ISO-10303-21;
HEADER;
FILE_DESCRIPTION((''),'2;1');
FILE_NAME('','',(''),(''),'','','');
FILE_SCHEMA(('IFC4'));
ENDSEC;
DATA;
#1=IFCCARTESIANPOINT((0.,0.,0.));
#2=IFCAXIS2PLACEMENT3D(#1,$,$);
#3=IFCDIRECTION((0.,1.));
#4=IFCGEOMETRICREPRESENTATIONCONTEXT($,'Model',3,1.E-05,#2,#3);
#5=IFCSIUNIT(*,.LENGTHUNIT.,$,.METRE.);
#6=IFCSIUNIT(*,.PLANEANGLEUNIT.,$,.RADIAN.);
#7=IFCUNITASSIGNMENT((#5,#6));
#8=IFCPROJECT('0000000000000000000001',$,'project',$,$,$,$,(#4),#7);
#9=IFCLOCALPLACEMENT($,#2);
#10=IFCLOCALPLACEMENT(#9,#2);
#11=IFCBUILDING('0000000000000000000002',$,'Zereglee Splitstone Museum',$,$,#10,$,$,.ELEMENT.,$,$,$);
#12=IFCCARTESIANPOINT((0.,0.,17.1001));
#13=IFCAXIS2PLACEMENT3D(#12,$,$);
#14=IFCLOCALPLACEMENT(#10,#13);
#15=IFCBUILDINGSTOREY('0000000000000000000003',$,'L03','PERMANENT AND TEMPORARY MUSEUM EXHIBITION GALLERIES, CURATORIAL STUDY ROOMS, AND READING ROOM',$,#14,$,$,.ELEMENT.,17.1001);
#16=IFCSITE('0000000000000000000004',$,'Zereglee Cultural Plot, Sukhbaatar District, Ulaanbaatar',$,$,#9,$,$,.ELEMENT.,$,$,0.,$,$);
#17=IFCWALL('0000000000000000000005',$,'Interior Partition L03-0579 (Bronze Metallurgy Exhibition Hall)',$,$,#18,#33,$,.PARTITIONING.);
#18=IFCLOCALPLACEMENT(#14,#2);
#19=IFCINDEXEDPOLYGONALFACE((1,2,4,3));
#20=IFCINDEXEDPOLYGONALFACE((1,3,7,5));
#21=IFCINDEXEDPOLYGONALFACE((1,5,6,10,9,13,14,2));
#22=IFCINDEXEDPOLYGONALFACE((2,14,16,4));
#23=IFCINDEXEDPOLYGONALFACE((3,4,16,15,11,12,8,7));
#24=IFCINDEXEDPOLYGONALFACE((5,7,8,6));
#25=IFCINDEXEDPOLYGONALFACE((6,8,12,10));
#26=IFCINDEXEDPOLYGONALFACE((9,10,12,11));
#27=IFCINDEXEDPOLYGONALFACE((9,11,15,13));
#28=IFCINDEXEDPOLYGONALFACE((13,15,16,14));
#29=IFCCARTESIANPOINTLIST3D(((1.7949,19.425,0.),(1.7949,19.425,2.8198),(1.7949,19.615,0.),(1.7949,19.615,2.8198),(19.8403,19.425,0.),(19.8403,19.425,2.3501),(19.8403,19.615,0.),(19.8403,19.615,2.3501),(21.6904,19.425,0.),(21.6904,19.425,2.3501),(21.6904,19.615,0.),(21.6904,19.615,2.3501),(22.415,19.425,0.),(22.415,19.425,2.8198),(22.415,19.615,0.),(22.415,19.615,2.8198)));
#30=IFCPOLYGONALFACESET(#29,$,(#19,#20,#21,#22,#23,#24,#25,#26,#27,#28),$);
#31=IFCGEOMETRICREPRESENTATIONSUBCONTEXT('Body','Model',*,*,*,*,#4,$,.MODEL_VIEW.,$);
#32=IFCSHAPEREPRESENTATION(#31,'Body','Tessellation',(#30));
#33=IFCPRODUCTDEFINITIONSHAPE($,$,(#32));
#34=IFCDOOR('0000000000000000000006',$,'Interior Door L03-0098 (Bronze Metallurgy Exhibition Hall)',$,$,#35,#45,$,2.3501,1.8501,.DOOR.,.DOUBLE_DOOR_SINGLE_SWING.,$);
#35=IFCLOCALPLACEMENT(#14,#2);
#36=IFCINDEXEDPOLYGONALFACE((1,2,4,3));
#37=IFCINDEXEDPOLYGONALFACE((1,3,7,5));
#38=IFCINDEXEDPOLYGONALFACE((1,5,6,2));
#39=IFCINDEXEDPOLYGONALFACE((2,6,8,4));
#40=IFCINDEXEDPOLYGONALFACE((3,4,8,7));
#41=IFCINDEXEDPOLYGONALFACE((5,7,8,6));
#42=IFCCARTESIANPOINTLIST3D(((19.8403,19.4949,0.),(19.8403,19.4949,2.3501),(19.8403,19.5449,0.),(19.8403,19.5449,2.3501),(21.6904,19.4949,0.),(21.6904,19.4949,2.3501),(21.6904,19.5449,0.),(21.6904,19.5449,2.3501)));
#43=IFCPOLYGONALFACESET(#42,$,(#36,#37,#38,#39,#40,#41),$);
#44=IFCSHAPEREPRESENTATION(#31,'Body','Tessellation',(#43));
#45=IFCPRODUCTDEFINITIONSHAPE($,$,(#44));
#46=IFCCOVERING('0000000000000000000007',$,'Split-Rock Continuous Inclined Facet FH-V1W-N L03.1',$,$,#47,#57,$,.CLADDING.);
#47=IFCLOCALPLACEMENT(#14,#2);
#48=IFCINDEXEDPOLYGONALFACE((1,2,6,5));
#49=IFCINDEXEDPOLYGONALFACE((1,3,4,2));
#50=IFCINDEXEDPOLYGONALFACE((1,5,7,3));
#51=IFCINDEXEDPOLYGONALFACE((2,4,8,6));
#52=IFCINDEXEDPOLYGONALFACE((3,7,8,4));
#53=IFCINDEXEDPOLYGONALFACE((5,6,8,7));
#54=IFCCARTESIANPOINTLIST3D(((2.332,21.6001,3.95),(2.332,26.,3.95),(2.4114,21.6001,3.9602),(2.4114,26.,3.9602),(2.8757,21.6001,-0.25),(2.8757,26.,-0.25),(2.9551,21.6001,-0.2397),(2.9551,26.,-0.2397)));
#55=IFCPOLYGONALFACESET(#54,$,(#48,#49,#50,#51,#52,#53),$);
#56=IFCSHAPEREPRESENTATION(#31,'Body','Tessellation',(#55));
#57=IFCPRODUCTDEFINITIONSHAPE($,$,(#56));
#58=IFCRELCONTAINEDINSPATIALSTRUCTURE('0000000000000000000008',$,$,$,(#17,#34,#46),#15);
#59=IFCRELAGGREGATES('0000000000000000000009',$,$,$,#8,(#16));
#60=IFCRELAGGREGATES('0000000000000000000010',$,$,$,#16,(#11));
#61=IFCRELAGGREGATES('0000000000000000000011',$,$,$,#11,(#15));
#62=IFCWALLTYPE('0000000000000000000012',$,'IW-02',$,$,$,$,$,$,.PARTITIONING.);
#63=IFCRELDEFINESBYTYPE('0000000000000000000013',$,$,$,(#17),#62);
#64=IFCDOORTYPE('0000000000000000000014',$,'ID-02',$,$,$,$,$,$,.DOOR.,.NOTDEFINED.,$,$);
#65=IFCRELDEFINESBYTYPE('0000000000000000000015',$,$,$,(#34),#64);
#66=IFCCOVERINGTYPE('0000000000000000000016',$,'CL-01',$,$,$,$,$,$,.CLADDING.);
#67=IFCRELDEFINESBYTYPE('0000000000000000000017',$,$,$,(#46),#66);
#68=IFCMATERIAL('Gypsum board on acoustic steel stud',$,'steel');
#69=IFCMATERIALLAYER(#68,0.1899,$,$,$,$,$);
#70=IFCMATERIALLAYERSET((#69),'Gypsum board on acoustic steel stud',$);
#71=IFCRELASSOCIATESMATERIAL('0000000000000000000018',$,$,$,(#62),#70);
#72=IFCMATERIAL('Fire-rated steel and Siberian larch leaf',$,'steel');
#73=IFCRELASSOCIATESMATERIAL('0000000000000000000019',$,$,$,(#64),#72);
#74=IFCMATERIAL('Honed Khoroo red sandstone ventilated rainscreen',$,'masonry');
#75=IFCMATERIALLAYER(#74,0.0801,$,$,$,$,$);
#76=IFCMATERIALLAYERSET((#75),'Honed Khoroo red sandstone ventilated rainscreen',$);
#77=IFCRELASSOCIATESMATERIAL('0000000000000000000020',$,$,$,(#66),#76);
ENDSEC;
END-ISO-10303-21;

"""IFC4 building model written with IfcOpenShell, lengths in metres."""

from ifc_helpers import new_model, si_unit, direction, frame, frame_2d, origin, place, context, subcontext, project, spatial, polyline, rectangle, outline, extrude, material, layer, layer_set, type_object, element, fill, save


model = new_model("IFC4")

# Units and contexts
model_context = context("Model", 3, precision=1e-05, world=origin(), true_north=direction((0.0, 1.0)))
body_context = subcontext(model_context, "Body", "Model", "MODEL_VIEW")
ifc_project = project(units=[si_unit("LENGTHUNIT", "METRE"), si_unit("PLANEANGLEUNIT", "RADIAN")], contexts=[model_context])

# Site, building, storey
site_placement = place(None, origin())
site = spatial("IfcSite", under=ifc_project, at=site_placement, Name="Zereglee Cultural Plot, Sukhbaatar District, Ulaanbaatar", CompositionType="ELEMENT", RefElevation=0.0)
building_placement = place(site_placement, origin())
building = spatial("IfcBuilding", under=site, at=building_placement, Name="Zereglee Splitstone Museum", CompositionType="ELEMENT")
storey_placement = place(building_placement, frame((0.0, 0.0, 17.1001)))
storey = spatial("IfcBuildingStorey", under=building, at=storey_placement, Name="L03", Description="PERMANENT AND TEMPORARY MUSEUM EXHIBITION GALLERIES, CURATORIAL STUDY ROOMS, AND READING ROOM", CompositionType="ELEMENT", Elevation=17.1001)

# Shared definitions
ifc_material_1 = material(Name="Gypsum board on acoustic steel stud", Category="steel")
ifc_layer_1 = layer(ifc_material_1, 0.1899)
ifc_layer_set_1 = layer_set([ifc_layer_1], Name="Gypsum board on acoustic steel stud")
wall_type = type_object("IfcWallType", Name="IW-02", PredefinedType="PARTITIONING", material=ifc_layer_set_1)
ifc_material_2 = material(Name="Fire-rated steel and Siberian larch leaf", Category="steel")
door_type_1 = type_object("IfcDoorType", Name="ID-02", OperationType="NOTDEFINED", PredefinedType="DOOR", material=ifc_material_2)

# Wall, opening, door
wall_1_placement = place(storey_placement, frame((1.7949, 19.52, 0.0), z_axis=(0.0, 0.0, 1.0), x_axis=(1.0, 0.0, 0.0)))
wall_1 = element("IfcWall", 1, at=wall_1_placement, inside=storey, type_object=wall_type, Name="Interior Partition L03-0579 (Bronze Metallurgy Exhibition Hall)", PredefinedType="PARTITIONING", context=body_context, shape_type="SweptSolid", body=[
    extrude(rectangle(XDim=20.6201, YDim=0.1899, at=frame_2d((10.3101, 0.0))), origin(), (0.0, 0.0, 1.0), 2.8198),
])
opening_1_placement = place(wall_1_placement, frame((18.0454, 0.0, 0.0)))
opening_1 = element("IfcOpeningElement", 2, at=opening_1_placement, cuts=wall_1, PredefinedType="OPENING", context=body_context, shape_type="SweptSolid", body=[
    extrude(rectangle(XDim=1.8501, YDim=2.3501, at=frame_2d((0.925, 1.175))), frame((0.0, 0.1099, 0.0), z_axis=(0.0, -1.0, 0.0), x_axis=(1.0, 0.0, 0.0)), (0.0, 0.0, 1.0), 0.2197),
])
door_1_placement = place(opening_1_placement, origin())
door_1 = element("IfcDoor", 3, at=door_1_placement, inside=storey, type_object=door_type_1, Name="Interior Door L03-0098 (Bronze Metallurgy Exhibition Hall)", OperationType="DOUBLE_DOOR_SINGLE_SWING", OverallHeight=2.3501, OverallWidth=1.8501, PredefinedType="DOOR", context=body_context, shape_type="SweptSolid", body=[
    extrude(rectangle(XDim=1.8501, YDim=2.3501, at=frame_2d((0.925, 1.175))), frame((0.0, 0.0249, 0.0), z_axis=(0.0, -1.0, 0.0), x_axis=(1.0, 0.0, 0.0)), (0.0, 0.0, 1.0), 0.05),
])
fill(opening_1, door_1)

# Covering
ifc_material_3 = material(Name="Honed Khoroo red sandstone ventilated rainscreen", Category="masonry")
ifc_layer_2 = layer(ifc_material_3, 0.0801)
ifc_layer_set_2 = layer_set([ifc_layer_2], Name="Honed Khoroo red sandstone ventilated rainscreen")
covering_type = type_object("IfcCoveringType", Name="CL-01", PredefinedType="CLADDING", material=ifc_layer_set_2)
covering_placement = place(storey_placement, frame((2.332, 21.6001, 3.95), z_axis=(-0.991725, 0.0, -0.128383), x_axis=(0.0, 1.0, 0.0)))
element("IfcCovering", 4, at=covering_placement, inside=storey, type_object=covering_type, Name="Split-Rock Continuous Inclined Facet FH-V1W-N L03.1", PredefinedType="CLADDING", context=body_context, shape_type="SweptSolid", body=[
    extrude(outline(polyline([(0.0, 0.0), (4.3999, 0.0), (4.3999, 4.235), (0.0, 4.235), (0.0, 0.0)])), origin(), (0.0, 0.0, -1.0), 0.0801),
])

save(model, "model.ifc")
